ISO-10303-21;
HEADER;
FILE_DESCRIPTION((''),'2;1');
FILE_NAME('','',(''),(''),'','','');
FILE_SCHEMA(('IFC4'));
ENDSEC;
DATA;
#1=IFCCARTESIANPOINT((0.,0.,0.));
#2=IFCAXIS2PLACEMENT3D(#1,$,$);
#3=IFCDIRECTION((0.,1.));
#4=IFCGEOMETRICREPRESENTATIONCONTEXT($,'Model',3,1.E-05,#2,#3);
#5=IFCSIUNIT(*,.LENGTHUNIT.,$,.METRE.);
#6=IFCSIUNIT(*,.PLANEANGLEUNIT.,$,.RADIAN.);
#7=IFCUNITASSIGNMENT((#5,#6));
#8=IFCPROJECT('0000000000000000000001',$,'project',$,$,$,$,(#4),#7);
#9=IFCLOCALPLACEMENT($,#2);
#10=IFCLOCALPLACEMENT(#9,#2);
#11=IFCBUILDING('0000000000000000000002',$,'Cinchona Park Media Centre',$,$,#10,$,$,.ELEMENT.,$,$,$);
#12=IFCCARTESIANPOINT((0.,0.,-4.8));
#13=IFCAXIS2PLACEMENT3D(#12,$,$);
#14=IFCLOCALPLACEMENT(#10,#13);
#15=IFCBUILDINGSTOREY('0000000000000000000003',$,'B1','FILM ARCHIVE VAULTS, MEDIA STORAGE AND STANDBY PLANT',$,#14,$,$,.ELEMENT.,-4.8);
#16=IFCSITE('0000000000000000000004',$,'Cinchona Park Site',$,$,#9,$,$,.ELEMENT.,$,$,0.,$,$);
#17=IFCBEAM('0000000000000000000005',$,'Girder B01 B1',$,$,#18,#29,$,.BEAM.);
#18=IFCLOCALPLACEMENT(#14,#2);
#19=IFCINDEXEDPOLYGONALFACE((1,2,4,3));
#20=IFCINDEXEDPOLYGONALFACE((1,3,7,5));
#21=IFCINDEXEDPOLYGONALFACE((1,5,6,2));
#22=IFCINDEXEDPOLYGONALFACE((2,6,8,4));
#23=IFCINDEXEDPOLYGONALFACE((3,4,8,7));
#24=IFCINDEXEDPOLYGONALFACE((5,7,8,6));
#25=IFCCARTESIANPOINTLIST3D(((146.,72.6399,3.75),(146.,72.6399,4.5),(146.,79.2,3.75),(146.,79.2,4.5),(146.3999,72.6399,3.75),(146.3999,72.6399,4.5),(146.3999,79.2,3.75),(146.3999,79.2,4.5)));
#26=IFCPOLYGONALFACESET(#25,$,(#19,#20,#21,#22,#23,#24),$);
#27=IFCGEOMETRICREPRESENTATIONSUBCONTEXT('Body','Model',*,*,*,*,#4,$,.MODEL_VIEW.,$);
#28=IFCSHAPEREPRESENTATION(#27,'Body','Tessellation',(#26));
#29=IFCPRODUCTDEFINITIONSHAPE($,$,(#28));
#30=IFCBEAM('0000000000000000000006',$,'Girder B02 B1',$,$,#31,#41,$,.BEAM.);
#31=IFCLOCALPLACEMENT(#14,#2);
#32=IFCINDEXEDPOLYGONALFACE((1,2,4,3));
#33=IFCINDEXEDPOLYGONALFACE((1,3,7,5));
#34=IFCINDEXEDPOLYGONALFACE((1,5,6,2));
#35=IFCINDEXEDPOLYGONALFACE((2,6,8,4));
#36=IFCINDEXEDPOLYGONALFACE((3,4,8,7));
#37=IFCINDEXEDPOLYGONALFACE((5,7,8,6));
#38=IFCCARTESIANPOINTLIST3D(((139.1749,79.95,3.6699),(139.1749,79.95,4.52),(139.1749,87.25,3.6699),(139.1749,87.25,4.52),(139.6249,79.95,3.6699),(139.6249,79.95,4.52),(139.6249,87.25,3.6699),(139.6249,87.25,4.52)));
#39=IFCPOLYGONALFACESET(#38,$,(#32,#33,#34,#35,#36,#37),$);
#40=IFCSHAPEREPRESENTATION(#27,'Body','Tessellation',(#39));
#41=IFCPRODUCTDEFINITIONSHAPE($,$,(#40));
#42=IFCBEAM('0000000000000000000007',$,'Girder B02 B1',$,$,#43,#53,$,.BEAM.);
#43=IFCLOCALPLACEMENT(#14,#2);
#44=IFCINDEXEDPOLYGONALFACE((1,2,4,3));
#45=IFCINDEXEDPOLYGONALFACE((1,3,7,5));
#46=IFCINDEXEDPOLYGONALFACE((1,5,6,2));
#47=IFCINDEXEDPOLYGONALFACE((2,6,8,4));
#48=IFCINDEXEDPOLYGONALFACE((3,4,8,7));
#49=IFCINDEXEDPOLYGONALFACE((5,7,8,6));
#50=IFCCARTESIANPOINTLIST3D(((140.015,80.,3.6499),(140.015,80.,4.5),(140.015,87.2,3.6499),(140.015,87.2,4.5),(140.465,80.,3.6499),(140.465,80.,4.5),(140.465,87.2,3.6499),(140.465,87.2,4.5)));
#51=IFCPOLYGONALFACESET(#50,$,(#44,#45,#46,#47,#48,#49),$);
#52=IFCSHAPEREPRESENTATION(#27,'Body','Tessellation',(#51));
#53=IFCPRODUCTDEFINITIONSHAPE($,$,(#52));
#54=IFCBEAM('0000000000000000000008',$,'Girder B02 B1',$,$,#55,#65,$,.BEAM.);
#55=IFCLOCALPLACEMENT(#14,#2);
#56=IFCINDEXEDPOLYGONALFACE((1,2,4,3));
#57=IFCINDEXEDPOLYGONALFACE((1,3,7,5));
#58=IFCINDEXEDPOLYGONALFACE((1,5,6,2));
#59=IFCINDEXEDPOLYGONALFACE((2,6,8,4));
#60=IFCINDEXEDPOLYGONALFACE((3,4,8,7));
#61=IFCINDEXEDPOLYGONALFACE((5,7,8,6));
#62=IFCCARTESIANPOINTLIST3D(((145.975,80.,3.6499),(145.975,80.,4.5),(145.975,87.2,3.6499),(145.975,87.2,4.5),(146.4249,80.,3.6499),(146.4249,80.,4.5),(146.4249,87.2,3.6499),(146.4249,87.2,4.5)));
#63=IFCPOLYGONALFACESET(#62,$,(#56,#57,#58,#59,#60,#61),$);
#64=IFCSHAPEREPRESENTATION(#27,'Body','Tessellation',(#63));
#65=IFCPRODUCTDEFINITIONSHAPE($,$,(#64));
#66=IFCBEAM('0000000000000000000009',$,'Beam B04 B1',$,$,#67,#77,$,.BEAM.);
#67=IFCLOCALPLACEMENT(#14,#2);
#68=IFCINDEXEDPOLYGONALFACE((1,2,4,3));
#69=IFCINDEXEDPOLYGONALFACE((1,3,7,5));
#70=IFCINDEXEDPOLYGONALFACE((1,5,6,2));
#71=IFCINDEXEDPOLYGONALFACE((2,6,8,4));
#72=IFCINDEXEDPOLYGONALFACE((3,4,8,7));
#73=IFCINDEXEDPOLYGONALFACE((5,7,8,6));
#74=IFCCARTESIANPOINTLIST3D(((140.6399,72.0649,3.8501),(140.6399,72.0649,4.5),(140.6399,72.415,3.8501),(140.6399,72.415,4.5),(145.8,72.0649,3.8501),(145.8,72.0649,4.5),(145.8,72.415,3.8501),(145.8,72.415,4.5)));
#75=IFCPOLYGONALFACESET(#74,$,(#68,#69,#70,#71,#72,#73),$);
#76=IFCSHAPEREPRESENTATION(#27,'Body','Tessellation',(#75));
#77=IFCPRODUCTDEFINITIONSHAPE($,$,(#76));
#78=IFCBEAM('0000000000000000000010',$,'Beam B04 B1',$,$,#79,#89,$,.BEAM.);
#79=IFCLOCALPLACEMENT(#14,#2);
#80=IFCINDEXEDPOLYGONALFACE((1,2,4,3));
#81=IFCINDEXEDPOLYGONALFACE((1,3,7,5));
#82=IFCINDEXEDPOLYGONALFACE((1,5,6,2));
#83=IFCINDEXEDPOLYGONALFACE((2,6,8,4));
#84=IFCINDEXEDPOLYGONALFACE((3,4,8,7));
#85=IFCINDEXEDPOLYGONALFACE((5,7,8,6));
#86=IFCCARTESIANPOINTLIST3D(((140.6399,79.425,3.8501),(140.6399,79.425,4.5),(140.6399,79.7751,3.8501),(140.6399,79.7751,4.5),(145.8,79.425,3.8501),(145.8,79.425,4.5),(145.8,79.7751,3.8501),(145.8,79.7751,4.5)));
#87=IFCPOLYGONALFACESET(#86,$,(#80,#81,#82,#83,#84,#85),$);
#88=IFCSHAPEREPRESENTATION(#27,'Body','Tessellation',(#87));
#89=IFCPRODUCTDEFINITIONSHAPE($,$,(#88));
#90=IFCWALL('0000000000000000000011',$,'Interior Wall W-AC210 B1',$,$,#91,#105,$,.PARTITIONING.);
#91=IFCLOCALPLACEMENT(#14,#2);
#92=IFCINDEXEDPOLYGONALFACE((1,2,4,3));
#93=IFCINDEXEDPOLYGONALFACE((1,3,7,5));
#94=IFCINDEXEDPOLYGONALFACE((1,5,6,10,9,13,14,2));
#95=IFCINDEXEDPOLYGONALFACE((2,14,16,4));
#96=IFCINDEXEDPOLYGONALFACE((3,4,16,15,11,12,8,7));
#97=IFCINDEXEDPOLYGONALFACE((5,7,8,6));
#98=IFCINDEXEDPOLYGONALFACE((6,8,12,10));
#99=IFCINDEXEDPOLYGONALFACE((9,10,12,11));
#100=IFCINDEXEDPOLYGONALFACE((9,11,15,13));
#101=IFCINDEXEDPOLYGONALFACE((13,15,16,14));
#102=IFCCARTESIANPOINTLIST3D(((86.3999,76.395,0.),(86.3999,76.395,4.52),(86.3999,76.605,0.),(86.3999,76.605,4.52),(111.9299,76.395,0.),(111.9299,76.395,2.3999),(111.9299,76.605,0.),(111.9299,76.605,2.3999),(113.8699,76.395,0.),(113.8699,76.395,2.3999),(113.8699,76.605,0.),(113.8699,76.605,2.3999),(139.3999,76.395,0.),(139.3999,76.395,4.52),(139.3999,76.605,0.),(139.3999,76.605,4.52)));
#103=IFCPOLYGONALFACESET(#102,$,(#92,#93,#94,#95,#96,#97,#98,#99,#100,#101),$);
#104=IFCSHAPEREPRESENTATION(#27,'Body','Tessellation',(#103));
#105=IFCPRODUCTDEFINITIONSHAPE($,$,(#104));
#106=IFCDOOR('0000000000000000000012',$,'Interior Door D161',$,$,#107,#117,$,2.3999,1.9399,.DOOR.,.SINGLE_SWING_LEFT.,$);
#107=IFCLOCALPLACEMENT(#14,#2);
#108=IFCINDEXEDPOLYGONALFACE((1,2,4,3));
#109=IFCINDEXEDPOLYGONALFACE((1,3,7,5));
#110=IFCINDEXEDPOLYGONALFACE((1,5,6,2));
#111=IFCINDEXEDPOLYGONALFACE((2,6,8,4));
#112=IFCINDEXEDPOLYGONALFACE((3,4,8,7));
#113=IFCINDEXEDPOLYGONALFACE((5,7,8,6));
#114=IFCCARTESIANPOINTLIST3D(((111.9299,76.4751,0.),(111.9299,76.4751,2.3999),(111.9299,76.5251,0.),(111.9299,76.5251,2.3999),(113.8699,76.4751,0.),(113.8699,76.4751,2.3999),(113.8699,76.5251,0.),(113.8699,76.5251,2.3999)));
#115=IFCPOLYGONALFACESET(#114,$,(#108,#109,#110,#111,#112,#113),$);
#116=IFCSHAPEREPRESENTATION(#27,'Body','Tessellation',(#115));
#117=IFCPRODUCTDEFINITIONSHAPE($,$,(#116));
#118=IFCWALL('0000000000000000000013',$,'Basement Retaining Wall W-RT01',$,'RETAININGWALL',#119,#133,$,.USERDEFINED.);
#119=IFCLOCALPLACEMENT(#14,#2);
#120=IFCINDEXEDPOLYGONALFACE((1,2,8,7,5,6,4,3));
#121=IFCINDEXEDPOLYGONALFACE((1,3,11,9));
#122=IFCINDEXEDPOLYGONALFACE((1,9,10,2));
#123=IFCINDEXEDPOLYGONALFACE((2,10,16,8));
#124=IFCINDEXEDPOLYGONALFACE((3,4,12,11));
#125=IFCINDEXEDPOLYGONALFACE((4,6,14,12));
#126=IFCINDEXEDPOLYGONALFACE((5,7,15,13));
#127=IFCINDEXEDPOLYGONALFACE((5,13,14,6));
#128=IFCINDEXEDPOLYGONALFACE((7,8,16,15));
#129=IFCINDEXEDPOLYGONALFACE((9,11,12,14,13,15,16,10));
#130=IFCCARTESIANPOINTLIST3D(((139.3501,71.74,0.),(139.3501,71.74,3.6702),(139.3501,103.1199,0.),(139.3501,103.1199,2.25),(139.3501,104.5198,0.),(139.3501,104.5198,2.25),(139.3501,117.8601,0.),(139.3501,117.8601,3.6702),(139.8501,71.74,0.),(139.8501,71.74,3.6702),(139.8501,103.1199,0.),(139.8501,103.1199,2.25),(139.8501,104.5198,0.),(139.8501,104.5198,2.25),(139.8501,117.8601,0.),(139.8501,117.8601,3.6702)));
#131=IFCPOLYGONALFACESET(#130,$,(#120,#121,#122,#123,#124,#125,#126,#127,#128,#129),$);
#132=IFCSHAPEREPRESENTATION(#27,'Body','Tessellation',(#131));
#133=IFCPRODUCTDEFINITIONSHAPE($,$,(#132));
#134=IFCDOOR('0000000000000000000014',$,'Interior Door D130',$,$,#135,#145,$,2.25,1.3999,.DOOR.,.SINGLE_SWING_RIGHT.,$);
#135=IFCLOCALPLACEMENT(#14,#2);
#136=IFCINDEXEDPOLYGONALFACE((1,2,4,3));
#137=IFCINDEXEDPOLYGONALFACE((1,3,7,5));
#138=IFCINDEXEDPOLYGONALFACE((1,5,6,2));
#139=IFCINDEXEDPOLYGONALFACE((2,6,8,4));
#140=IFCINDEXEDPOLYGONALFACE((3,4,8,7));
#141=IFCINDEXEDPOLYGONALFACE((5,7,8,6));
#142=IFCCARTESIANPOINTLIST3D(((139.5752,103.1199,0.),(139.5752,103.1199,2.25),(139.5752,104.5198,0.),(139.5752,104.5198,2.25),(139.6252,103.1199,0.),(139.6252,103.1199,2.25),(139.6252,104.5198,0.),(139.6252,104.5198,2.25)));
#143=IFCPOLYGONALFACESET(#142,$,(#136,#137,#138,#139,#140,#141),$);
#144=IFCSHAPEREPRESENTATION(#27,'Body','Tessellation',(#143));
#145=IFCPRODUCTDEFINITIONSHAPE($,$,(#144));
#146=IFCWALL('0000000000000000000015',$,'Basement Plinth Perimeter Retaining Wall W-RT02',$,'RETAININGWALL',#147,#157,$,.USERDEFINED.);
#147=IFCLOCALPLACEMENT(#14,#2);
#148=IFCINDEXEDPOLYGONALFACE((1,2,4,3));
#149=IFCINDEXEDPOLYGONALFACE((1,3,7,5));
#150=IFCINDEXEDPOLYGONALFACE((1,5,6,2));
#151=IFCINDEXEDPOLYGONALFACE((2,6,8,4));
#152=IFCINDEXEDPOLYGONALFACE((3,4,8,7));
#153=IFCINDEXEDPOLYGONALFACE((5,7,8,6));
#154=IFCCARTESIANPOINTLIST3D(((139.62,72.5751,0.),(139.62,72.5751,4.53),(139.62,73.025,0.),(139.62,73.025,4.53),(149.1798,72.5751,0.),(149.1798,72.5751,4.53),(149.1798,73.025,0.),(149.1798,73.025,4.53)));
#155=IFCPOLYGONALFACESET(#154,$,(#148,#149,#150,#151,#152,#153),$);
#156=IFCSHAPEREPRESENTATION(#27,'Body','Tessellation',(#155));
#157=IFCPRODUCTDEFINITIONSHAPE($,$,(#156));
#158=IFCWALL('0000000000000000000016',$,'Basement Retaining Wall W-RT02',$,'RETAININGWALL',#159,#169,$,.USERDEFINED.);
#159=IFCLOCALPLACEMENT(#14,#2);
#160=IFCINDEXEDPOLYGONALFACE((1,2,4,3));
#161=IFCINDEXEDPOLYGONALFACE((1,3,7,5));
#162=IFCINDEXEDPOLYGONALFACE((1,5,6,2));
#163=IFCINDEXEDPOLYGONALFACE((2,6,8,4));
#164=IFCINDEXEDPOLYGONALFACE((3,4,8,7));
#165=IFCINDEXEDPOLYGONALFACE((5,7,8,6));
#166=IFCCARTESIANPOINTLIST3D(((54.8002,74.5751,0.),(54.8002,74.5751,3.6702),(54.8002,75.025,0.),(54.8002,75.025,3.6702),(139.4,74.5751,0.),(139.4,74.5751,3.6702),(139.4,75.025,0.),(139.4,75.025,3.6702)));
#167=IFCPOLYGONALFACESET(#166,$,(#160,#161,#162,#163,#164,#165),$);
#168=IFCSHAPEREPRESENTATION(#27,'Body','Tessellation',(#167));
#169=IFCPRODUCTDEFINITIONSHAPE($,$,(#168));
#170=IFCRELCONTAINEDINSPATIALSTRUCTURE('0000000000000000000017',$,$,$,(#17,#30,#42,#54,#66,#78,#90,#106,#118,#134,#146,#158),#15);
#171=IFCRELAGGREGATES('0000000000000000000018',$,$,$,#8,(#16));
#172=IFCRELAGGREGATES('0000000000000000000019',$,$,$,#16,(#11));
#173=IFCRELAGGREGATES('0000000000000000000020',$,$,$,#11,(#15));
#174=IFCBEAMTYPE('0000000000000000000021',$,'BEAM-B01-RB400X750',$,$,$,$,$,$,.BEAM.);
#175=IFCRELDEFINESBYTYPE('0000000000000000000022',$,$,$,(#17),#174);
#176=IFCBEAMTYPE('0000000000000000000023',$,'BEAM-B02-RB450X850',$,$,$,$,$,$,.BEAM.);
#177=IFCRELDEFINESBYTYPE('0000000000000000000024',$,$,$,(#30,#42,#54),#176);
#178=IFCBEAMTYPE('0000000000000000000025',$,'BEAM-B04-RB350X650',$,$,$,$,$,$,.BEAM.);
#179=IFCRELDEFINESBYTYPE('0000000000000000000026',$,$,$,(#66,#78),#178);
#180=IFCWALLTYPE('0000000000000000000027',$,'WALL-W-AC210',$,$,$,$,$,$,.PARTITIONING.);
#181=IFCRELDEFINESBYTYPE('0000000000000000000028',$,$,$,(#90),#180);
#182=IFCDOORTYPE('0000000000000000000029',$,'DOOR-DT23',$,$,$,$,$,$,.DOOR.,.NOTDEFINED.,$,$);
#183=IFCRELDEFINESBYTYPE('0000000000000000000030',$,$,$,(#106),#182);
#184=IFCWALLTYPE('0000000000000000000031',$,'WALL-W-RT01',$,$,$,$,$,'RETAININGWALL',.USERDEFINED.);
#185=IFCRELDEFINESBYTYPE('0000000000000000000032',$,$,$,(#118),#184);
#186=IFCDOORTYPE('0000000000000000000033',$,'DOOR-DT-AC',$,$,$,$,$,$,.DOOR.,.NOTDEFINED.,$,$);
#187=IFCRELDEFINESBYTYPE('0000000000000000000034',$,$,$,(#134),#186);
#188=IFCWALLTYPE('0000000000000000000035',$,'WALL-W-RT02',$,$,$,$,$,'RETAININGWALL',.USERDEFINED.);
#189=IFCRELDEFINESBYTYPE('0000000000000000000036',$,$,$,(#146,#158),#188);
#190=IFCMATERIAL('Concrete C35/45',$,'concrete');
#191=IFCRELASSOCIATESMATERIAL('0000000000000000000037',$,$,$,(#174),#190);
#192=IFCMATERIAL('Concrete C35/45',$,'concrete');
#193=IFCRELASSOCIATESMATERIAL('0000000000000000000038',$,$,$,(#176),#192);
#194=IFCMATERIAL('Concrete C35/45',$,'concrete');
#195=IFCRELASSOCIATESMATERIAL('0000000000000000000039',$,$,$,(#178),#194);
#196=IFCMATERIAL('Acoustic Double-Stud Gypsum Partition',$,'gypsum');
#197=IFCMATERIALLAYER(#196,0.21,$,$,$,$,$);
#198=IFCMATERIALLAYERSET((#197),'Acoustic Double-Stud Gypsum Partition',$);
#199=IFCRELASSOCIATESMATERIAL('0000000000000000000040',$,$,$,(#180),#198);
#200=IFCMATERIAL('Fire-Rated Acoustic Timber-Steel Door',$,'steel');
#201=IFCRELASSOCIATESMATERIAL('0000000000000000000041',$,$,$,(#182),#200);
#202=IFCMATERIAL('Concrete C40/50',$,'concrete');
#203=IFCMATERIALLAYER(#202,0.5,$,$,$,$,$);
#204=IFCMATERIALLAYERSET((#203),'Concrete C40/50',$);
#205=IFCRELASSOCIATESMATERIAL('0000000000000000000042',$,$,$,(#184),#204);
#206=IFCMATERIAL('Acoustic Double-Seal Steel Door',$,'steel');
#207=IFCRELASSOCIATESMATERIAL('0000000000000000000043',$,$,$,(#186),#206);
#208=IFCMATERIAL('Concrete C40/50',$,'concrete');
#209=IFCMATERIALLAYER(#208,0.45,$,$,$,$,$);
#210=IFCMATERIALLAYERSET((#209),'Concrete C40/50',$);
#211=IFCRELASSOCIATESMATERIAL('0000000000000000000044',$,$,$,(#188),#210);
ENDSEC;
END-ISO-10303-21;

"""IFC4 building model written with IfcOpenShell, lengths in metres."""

from ifc_helpers import new_model, si_unit, direction, frame, frame_2d, origin, origin_2d, place, context, subcontext, project, spatial, rectangle, extrude, material, layer, layer_set, material_profile, profile_set, type_object, element, fill, save


model = new_model("IFC4")

# Units and contexts
model_context = context("Model", 3, precision=1e-05, world=origin(), true_north=direction((0.0, 1.0)))
body_context = subcontext(model_context, "Body", "Model", "MODEL_VIEW")
ifc_project = project(units=[si_unit("LENGTHUNIT", "METRE"), si_unit("PLANEANGLEUNIT", "RADIAN")], contexts=[model_context])

# Site, building, storey
site_placement = place(None, origin())
site = spatial("IfcSite", under=ifc_project, at=site_placement, Name="Cinchona Park Site", CompositionType="ELEMENT", RefElevation=0.0)
building_placement = place(site_placement, origin())
building = spatial("IfcBuilding", under=site, at=building_placement, Name="Cinchona Park Media Centre", CompositionType="ELEMENT")
storey_placement = place(building_placement, frame((0.0, 0.0, -4.8)))
storey = spatial("IfcBuildingStorey", under=building, at=storey_placement, Name="B1", Description="FILM ARCHIVE VAULTS, MEDIA STORAGE AND STANDBY PLANT", CompositionType="ELEMENT", Elevation=-4.8)

# Beams
ifc_material_1 = material(Name="Concrete C35/45", Category="concrete")
ifc_material_profile_1 = material_profile(ifc_material_1, rectangle(XDim=0.3999, YDim=0.75, at=origin_2d()), Name="RB 400X750")
ifc_profile_set_1 = profile_set([ifc_material_profile_1], Name="Concrete C35/45")
beam_type_1 = type_object("IfcBeamType", Name="BEAM-B01-RB400X750", PredefinedType="BEAM", material=ifc_profile_set_1)
for number, where, z_axis, x_axis, name in (
    (1, (146.2, 72.6399, 4.125), (0.0, 1.0, 0.0), (-1.0, 0.0, 0.0), "Girder B01 B1"),
):
    element("IfcBeam", number, at=place(storey_placement, frame(where, z_axis=z_axis, x_axis=x_axis)), inside=storey, type_object=beam_type_1, Name=name, PredefinedType="BEAM", context=body_context, shape_type="SweptSolid", body=[
        extrude(rectangle(XDim=0.3999, YDim=0.75, at=origin_2d()), origin(), (0.0, 0.0, 1.0), 6.5601),
    ])
ifc_material_2 = material(Name="Concrete C35/45", Category="concrete")
ifc_material_profile_2 = material_profile(ifc_material_2, rectangle(XDim=0.45, YDim=0.8501, at=origin_2d()), Name="RB 450X850")
ifc_profile_set_2 = profile_set([ifc_material_profile_2], Name="Concrete C35/45")
beam_type_2 = type_object("IfcBeamType", Name="BEAM-B02-RB450X850", PredefinedType="BEAM", material=ifc_profile_set_2)
beam_1_placement = place(storey_placement, frame((139.3999, 79.95, 4.095), z_axis=(0.0, 1.0, 0.0), x_axis=(-1.0, 0.0, 0.0)))
element("IfcBeam", 2, at=beam_1_placement, inside=storey, type_object=beam_type_2, Name="Girder B02 B1", PredefinedType="BEAM", context=body_context, shape_type="SweptSolid", body=[
    extrude(rectangle(XDim=0.45, YDim=0.8501, at=origin_2d()), origin(), (0.0, 0.0, 1.0), 7.3),
])
for number, where, z_axis, x_axis, name in (
    (3, (140.24, 80.0, 4.075), (0.0, 1.0, 0.0), (-1.0, 0.0, 0.0), "Girder B02 B1"),
    (4, (146.2, 80.0, 4.075), (0.0, 1.0, 0.0), (-1.0, 0.0, 0.0), "Girder B02 B1"),
):
    element("IfcBeam", number, at=place(storey_placement, frame(where, z_axis=z_axis, x_axis=x_axis)), inside=storey, type_object=beam_type_2, Name=name, PredefinedType="BEAM", context=body_context, shape_type="SweptSolid", body=[
        extrude(rectangle(XDim=0.45, YDim=0.8501, at=origin_2d()), origin(), (0.0, 0.0, 1.0), 7.2),
    ])
ifc_material_3 = material(Name="Concrete C35/45", Category="concrete")
ifc_material_profile_3 = material_profile(ifc_material_3, rectangle(XDim=0.3501, YDim=0.6499, at=origin_2d()), Name="RB 350X650")
ifc_profile_set_3 = profile_set([ifc_material_profile_3], Name="Concrete C35/45")
beam_type_3 = type_object("IfcBeamType", Name="BEAM-B04-RB350X650", PredefinedType="BEAM", material=ifc_profile_set_3)
for number, where, z_axis, x_axis, name in (
    (5, (140.6399, 72.24, 4.175), (1.0, 0.0, 0.0), (0.0, 1.0, 0.0), "Beam B04 B1"),
    (6, (140.6399, 79.6001, 4.175), (1.0, 0.0, 0.0), (0.0, 1.0, 0.0), "Beam B04 B1"),
):
    element("IfcBeam", number, at=place(storey_placement, frame(where, z_axis=z_axis, x_axis=x_axis)), inside=storey, type_object=beam_type_3, Name=name, PredefinedType="BEAM", context=body_context, shape_type="SweptSolid", body=[
        extrude(rectangle(XDim=0.3501, YDim=0.6499, at=origin_2d()), origin(), (0.0, 0.0, 1.0), 5.1602),
    ])

# Walls, openings, doors
ifc_material_4 = material(Name="Acoustic Double-Stud Gypsum Partition", Category="gypsum")
ifc_layer_1 = layer(ifc_material_4, 0.21)
ifc_layer_set_1 = layer_set([ifc_layer_1], Name="Acoustic Double-Stud Gypsum Partition")
wall_type_1 = type_object("IfcWallType", Name="WALL-W-AC210", PredefinedType="PARTITIONING", material=ifc_layer_set_1)
wall_1_placement = place(storey_placement, frame((139.3999, 76.5, 0.0), z_axis=(0.0, 0.0, 1.0), x_axis=(-1.0, 0.0, 0.0)))
wall_1 = element("IfcWall", 7, at=wall_1_placement, inside=storey, type_object=wall_type_1, Name="Interior Wall W-AC210 B1", PredefinedType="PARTITIONING", context=body_context, shape_type="SweptSolid", body=[
    extrude(rectangle(XDim=53.0, YDim=0.21, at=frame_2d((26.5, 0.0))), origin(), (0.0, 0.0, 1.0), 4.52),
])
opening_1_placement = place(wall_1_placement, frame((25.53, 0.0, 0.0)))
opening_1 = element("IfcOpeningElement", 8, at=opening_1_placement, cuts=wall_1, PredefinedType="OPENING", context=body_context, shape_type="SweptSolid", body=[
    extrude(rectangle(XDim=1.9399, YDim=2.3999, at=frame_2d((0.97, 1.2))), frame((0.0, 0.115, 0.0), z_axis=(0.0, -1.0, 0.0), x_axis=(1.0, 0.0, 0.0)), (0.0, 0.0, 1.0), 0.23),
])
ifc_material_5 = material(Name="Fire-Rated Acoustic Timber-Steel Door", Category="steel")
door_type_1 = type_object("IfcDoorType", Name="DOOR-DT23", OperationType="NOTDEFINED", PredefinedType="DOOR", material=ifc_material_5)
door_1_placement = place(opening_1_placement, origin())
door_1 = element("IfcDoor", 9, at=door_1_placement, inside=storey, type_object=door_type_1, Name="Interior Door D161", OperationType="SINGLE_SWING_LEFT", OverallHeight=2.3999, OverallWidth=1.9399, PredefinedType="DOOR", context=body_context, shape_type="SweptSolid", body=[
    extrude(rectangle(XDim=1.9399, YDim=2.3999, at=frame_2d((0.97, 1.2))), frame((0.0, 0.0249, 0.0), z_axis=(0.0, -1.0, 0.0), x_axis=(1.0, 0.0, 0.0)), (0.0, 0.0, 1.0), 0.05),
])
fill(opening_1, door_1)
ifc_material_6 = material(Name="Concrete C40/50", Category="concrete")
ifc_layer_2 = layer(ifc_material_6, 0.5)
ifc_layer_set_2 = layer_set([ifc_layer_2], Name="Concrete C40/50")
wall_type_2 = type_object("IfcWallType", Name="WALL-W-RT01", ElementType="RETAININGWALL", PredefinedType="USERDEFINED", material=ifc_layer_set_2)
wall_2_placement = place(storey_placement, frame((139.6001, 71.74, 0.0), z_axis=(0.0, 0.0, 1.0), x_axis=(0.0, 1.0, 0.0)))
wall_2 = element("IfcWall", 10, at=wall_2_placement, inside=storey, type_object=wall_type_2, Name="Basement Retaining Wall W-RT01", ObjectType="RETAININGWALL", PredefinedType="USERDEFINED", context=body_context, shape_type="SweptSolid", body=[
    extrude(rectangle(XDim=46.1201, YDim=0.5, at=frame_2d((23.0601, 0.0))), origin(), (0.0, 0.0, 1.0), 3.6702),
])
opening_2_placement = place(wall_2_placement, frame((31.3799, 0.0, 0.0)))
opening_2 = element("IfcOpeningElement", 11, at=opening_2_placement, cuts=wall_2, PredefinedType="OPENING", context=body_context, shape_type="SweptSolid", body=[
    extrude(rectangle(XDim=1.3999, YDim=2.25, at=frame_2d((0.7, 1.125))), frame((0.0, 0.26, 0.0), z_axis=(0.0, -1.0, 0.0), x_axis=(1.0, 0.0, 0.0)), (0.0, 0.0, 1.0), 0.52),
])
ifc_material_7 = material(Name="Acoustic Double-Seal Steel Door", Category="steel")
door_type_2 = type_object("IfcDoorType", Name="DOOR-DT-AC", OperationType="NOTDEFINED", PredefinedType="DOOR", material=ifc_material_7)
door_2_placement = place(opening_2_placement, origin())
door_2 = element("IfcDoor", 12, at=door_2_placement, inside=storey, type_object=door_type_2, Name="Interior Door D130", OperationType="SINGLE_SWING_RIGHT", OverallHeight=2.25, OverallWidth=1.3999, PredefinedType="DOOR", context=body_context, shape_type="SweptSolid", body=[
    extrude(rectangle(XDim=1.3999, YDim=2.25, at=frame_2d((0.7, 1.125))), frame((0.0, 0.0249, 0.0), z_axis=(0.0, -1.0, 0.0), x_axis=(1.0, 0.0, 0.0)), (0.0, 0.0, 1.0), 0.05),
])
fill(opening_2, door_2)

# Walls
ifc_material_8 = material(Name="Concrete C40/50", Category="concrete")
ifc_layer_3 = layer(ifc_material_8, 0.45)
ifc_layer_set_3 = layer_set([ifc_layer_3], Name="Concrete C40/50")
wall_type_3 = type_object("IfcWallType", Name="WALL-W-RT02", ElementType="RETAININGWALL", PredefinedType="USERDEFINED", material=ifc_layer_set_3)
wall_3_placement = place(storey_placement, frame((139.6201, 72.8, 0.0), z_axis=(0.0, 0.0, 1.0), x_axis=(1.0, 0.0, 0.0)))
element("IfcWall", 13, at=wall_3_placement, inside=storey, type_object=wall_type_3, Name="Basement Plinth Perimeter Retaining Wall W-RT02", ObjectType="RETAININGWALL", PredefinedType="USERDEFINED", context=body_context, shape_type="SweptSolid", body=[
    extrude(rectangle(XDim=9.5598, YDim=0.45, at=frame_2d((4.7798, 0.0))), origin(), (0.0, 0.0, 1.0), 4.53),
])
wall_4_placement = place(storey_placement, frame((139.3999, 74.8, 0.0), z_axis=(0.0, 0.0, 1.0), x_axis=(-1.0, 0.0, 0.0)))
element("IfcWall", 14, at=wall_4_placement, inside=storey, type_object=wall_type_3, Name="Basement Retaining Wall W-RT02", ObjectType="RETAININGWALL", PredefinedType="USERDEFINED", context=body_context, shape_type="SweptSolid", body=[
    extrude(rectangle(XDim=84.5999, YDim=0.45, at=frame_2d((42.2998, 0.0))), origin(), (0.0, 0.0, 1.0), 3.6702),
])

save(model, "model.ifc")
